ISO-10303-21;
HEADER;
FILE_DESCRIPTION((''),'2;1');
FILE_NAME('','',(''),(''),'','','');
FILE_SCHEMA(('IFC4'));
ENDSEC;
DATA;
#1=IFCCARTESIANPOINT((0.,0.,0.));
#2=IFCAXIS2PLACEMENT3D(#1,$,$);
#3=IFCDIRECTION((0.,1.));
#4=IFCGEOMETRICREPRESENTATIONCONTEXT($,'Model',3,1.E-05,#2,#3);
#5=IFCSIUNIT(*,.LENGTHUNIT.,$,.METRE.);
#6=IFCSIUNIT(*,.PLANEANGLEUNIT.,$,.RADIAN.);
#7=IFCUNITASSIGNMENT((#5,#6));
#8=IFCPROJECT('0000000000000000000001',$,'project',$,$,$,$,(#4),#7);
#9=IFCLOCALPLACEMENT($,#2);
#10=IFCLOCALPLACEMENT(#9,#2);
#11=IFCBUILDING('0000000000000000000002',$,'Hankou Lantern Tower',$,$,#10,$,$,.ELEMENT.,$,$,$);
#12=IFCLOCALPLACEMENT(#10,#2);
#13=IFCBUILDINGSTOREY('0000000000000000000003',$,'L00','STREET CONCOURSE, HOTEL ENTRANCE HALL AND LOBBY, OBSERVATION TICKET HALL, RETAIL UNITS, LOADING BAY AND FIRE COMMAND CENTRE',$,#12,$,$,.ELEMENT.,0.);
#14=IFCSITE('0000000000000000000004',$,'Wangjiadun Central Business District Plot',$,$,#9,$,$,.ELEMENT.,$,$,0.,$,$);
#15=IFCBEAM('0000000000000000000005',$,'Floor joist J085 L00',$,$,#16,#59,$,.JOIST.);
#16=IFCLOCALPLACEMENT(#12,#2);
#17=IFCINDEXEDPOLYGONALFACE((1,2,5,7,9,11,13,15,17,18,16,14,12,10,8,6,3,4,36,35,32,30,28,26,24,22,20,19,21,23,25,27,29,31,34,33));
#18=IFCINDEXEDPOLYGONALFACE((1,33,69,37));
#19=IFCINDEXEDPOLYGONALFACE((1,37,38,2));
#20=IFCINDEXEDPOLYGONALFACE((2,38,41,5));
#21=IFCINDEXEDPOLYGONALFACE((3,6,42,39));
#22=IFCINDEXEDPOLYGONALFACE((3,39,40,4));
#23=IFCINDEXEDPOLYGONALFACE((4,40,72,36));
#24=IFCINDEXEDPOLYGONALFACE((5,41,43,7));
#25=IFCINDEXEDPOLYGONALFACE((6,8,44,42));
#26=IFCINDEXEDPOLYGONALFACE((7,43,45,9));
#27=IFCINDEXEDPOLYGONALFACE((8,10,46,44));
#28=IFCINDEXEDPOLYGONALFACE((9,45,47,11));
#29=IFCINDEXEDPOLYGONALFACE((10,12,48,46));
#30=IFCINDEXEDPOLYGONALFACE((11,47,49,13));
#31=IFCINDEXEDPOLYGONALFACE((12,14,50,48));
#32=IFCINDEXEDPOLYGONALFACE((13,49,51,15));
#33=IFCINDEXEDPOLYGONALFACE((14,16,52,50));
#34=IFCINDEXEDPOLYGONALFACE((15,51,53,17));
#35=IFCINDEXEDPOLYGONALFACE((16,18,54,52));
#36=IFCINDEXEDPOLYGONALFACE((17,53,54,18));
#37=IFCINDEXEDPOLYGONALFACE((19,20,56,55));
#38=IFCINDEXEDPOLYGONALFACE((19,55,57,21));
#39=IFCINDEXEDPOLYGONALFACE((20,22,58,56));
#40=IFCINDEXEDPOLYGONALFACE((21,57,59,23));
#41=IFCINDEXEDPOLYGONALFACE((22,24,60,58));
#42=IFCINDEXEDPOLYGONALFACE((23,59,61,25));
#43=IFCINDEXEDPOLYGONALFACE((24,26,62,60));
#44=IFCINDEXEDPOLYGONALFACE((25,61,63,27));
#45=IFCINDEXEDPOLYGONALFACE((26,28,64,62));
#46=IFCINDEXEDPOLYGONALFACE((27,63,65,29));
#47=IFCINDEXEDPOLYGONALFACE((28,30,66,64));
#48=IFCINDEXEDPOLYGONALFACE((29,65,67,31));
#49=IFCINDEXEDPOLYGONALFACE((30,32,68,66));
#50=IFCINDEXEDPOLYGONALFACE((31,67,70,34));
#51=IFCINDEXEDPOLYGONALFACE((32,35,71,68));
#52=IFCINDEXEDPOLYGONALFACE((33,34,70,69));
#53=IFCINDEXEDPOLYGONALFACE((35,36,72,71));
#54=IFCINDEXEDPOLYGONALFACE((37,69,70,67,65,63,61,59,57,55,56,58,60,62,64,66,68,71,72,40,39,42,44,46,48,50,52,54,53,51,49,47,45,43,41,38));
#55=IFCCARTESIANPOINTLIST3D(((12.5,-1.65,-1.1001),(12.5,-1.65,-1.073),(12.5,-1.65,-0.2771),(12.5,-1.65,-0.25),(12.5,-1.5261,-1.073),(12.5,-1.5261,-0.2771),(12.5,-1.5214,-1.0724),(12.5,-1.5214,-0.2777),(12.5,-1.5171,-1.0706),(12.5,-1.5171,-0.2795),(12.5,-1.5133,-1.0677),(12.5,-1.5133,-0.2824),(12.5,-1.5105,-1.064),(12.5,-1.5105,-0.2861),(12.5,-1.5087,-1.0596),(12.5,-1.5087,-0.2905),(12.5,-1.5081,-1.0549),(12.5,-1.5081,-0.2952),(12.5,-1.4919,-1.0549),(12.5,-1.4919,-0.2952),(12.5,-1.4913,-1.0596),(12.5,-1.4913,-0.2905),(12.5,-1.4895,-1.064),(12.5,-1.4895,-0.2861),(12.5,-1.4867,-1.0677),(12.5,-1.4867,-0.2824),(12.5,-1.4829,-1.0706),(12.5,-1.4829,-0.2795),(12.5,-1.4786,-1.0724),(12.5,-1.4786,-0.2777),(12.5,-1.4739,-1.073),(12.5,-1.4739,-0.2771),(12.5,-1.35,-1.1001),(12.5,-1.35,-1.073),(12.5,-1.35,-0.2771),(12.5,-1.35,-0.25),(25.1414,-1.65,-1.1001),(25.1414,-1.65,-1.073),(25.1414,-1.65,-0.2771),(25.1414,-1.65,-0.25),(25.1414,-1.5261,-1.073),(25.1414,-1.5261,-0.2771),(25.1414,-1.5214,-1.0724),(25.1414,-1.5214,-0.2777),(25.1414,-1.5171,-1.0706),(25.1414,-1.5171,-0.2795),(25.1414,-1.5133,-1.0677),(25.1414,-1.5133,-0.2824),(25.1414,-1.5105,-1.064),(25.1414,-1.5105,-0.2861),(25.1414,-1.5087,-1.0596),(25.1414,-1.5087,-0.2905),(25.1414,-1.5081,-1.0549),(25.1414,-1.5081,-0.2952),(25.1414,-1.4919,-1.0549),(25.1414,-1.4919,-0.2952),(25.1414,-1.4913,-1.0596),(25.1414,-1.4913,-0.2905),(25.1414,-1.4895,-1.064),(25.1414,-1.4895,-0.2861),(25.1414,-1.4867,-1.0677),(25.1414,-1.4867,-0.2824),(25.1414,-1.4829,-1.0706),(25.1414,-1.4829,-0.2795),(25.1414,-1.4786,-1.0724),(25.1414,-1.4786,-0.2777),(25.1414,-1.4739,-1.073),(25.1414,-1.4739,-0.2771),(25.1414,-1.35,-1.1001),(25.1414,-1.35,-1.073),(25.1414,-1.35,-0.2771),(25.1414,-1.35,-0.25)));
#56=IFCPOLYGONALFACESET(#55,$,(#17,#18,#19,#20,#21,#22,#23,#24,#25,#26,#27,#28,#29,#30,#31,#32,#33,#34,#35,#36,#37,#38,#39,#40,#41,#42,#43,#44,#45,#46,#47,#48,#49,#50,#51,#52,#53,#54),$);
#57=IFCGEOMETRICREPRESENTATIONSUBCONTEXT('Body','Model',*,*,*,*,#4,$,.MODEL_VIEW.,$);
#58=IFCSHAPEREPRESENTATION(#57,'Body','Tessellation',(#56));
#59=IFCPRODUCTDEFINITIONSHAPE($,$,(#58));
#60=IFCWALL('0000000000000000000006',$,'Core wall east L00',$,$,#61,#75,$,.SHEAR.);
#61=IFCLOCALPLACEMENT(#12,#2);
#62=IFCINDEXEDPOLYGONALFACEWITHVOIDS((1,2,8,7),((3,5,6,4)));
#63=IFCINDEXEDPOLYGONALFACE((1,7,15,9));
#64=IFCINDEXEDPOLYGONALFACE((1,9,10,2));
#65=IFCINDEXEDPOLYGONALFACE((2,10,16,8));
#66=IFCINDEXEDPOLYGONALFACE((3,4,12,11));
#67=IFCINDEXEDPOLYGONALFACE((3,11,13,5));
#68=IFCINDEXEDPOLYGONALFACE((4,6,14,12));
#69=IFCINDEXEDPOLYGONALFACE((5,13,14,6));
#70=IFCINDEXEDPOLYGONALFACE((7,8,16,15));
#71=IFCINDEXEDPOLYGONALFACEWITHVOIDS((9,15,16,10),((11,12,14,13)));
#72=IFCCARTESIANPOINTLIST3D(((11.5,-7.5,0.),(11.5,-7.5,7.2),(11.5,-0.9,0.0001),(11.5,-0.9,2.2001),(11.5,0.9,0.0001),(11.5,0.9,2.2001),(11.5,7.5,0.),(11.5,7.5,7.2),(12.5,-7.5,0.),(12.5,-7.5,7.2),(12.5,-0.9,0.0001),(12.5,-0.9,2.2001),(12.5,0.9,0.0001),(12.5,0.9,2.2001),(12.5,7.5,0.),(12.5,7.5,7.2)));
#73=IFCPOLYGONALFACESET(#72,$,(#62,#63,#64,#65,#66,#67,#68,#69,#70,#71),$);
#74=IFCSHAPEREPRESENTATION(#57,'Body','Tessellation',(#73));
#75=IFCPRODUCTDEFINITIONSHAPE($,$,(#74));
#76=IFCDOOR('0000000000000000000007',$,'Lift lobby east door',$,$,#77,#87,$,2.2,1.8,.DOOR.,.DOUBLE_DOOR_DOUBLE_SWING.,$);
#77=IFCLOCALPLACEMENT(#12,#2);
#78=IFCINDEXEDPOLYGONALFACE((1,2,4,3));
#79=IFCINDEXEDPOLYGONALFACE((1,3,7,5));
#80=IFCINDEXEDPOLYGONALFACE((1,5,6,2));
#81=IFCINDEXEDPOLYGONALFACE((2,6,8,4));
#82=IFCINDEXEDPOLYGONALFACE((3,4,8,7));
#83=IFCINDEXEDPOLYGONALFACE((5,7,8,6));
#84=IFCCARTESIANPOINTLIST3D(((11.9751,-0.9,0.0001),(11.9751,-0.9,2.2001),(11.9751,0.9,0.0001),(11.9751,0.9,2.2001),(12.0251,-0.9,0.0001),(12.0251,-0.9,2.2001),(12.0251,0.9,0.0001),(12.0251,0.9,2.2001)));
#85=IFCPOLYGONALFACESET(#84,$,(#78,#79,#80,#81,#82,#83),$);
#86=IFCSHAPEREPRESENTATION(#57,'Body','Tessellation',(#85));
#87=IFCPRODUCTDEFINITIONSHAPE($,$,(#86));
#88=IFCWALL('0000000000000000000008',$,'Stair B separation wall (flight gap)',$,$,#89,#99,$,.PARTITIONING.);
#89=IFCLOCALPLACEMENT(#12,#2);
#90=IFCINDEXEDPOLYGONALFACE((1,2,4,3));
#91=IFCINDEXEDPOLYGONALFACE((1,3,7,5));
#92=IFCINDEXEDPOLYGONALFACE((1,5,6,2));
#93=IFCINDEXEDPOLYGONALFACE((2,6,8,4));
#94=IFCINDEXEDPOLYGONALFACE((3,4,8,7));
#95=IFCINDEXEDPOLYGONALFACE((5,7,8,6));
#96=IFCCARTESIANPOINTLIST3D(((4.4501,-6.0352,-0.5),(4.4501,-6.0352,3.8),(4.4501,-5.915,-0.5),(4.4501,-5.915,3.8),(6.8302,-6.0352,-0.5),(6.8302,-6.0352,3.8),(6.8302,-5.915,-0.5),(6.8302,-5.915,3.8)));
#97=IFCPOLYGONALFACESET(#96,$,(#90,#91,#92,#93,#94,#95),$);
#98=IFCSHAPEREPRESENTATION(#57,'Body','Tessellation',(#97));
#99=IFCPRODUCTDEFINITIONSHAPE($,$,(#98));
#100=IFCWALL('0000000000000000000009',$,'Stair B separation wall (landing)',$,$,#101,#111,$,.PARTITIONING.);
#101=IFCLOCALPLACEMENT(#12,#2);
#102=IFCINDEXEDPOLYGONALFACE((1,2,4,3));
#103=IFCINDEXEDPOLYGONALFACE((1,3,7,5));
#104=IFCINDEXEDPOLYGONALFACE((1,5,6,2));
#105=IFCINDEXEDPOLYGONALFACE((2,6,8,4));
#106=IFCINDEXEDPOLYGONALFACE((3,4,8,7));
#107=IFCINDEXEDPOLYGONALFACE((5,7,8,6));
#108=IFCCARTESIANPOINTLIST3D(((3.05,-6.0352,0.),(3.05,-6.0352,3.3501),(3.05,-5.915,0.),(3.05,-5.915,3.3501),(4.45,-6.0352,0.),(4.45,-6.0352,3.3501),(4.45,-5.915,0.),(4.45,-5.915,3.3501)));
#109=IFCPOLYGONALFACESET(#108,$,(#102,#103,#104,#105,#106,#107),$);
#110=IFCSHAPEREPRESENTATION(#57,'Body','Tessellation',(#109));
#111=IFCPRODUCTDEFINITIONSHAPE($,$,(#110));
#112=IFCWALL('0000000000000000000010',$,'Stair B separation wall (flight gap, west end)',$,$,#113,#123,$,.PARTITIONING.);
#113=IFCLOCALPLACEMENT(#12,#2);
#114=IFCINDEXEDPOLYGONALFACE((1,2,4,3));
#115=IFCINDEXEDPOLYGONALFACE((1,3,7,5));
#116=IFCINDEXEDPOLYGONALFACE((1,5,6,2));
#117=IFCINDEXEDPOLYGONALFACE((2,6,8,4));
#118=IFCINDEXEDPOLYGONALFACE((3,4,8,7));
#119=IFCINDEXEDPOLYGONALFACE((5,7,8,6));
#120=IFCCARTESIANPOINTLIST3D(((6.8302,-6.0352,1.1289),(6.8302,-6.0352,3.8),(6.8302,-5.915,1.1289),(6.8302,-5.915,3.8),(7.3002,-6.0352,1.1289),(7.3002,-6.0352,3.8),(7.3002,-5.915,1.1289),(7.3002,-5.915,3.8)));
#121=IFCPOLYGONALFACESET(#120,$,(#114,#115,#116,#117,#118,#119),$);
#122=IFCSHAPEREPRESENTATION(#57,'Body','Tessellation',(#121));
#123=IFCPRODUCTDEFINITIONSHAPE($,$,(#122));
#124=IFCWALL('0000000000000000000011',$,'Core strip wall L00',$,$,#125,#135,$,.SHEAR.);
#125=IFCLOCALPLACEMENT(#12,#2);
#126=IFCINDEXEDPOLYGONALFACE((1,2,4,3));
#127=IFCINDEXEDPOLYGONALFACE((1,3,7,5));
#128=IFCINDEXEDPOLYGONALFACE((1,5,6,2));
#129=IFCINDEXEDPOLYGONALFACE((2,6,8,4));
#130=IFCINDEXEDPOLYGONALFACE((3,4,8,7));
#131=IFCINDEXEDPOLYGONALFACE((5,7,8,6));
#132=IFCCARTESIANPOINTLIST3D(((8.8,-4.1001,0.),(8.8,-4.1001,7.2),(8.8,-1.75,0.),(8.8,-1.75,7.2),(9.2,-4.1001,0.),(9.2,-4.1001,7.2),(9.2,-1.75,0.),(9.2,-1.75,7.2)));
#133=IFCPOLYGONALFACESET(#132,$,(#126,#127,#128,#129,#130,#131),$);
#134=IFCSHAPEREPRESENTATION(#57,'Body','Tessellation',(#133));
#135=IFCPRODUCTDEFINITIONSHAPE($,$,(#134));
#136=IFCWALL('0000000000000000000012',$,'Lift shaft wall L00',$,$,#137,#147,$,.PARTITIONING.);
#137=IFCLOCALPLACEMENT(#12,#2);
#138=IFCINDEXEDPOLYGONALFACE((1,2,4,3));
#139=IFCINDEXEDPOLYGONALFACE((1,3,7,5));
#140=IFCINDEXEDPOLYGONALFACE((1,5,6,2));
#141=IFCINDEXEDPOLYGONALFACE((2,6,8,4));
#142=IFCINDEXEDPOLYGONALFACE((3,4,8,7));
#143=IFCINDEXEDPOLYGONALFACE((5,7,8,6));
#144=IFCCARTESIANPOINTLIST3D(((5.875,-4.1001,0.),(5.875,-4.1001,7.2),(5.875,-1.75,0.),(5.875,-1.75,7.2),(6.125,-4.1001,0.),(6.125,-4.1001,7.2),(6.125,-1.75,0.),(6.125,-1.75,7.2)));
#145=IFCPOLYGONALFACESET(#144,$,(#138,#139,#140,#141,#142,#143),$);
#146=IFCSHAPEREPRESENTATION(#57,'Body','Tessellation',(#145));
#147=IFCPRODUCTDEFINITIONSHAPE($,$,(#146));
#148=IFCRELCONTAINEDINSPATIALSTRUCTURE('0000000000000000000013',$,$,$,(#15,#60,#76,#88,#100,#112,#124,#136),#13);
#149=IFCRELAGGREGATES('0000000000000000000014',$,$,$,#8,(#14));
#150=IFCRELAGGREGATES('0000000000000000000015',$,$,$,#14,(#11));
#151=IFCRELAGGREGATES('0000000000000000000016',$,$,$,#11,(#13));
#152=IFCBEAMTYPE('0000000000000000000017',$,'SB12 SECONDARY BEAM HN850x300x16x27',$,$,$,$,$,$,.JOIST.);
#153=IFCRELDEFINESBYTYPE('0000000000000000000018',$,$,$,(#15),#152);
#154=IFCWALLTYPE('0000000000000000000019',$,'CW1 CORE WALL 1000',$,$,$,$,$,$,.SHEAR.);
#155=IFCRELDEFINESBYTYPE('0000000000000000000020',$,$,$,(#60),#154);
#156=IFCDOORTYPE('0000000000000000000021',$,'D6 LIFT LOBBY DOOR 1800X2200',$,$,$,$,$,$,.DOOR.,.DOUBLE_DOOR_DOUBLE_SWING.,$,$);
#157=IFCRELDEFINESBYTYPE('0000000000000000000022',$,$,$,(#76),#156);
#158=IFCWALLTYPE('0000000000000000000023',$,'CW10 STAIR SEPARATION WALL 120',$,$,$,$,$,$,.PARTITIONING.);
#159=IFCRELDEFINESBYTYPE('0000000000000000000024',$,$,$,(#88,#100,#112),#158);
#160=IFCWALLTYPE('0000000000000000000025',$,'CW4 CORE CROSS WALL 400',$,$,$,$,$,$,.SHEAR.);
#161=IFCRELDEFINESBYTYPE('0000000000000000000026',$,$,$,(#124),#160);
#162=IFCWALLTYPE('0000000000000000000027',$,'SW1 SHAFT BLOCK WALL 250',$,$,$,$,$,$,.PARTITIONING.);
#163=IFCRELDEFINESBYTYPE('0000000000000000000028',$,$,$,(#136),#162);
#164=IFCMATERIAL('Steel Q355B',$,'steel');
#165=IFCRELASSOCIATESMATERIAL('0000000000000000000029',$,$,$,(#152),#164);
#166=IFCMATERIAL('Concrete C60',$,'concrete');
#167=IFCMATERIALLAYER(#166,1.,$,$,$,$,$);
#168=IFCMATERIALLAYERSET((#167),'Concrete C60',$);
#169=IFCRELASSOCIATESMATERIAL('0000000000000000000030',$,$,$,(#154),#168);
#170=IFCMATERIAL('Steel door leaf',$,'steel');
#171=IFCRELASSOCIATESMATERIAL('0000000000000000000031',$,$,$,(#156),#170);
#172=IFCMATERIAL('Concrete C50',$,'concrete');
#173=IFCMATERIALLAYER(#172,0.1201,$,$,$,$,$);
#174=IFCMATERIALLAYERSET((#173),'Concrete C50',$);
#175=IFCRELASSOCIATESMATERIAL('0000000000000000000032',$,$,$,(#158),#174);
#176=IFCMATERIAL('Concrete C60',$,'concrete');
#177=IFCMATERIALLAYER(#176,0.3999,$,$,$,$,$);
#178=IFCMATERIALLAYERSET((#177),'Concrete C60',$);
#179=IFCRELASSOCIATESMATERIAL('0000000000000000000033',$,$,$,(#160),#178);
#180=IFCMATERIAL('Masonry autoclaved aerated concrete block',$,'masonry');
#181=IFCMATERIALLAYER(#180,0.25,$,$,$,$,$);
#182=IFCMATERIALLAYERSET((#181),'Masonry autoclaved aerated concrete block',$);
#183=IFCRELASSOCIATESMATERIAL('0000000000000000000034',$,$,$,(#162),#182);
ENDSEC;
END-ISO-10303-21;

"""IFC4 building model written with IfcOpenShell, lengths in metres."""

from ifc_helpers import new_model, si_unit, direction, frame, frame_2d, origin, origin_2d, place, context, subcontext, project, spatial, rectangle, i_section, extrude, material, layer, layer_set, material_profile, profile_set, type_object, element, fill, save


model = new_model("IFC4")

# Units and contexts
model_context = context("Model", 3, precision=1e-05, world=origin(), true_north=direction((0.0, 1.0)))
body_context = subcontext(model_context, "Body", "Model", "MODEL_VIEW")
ifc_project = project(units=[si_unit("LENGTHUNIT", "METRE"), si_unit("PLANEANGLEUNIT", "RADIAN")], contexts=[model_context])

# Site, building, storey
site_placement = place(None, origin())
site = spatial("IfcSite", under=ifc_project, at=site_placement, Name="Wangjiadun Central Business District Plot", CompositionType="ELEMENT", RefElevation=0.0)
building_placement = place(site_placement, origin())
building = spatial("IfcBuilding", under=site, at=building_placement, Name="Hankou Lantern Tower", CompositionType="ELEMENT")
storey_placement = place(building_placement, origin())
storey = spatial("IfcBuildingStorey", under=building, at=storey_placement, Name="L00", Description="STREET CONCOURSE, HOTEL ENTRANCE HALL AND LOBBY, OBSERVATION TICKET HALL, RETAIL UNITS, LOADING BAY AND FIRE COMMAND CENTRE", CompositionType="ELEMENT", Elevation=0.0)

# Beam
ifc_material_1 = material(Name="Steel Q355B", Category="steel")
ifc_material_profile_1 = material_profile(ifc_material_1, i_section(OverallWidth=0.3, OverallDepth=0.8501, WebThickness=0.0161, FlangeThickness=0.0271, FilletRadius=0.0181, at=origin_2d()), Name="HN850x300x16x27")
ifc_profile_set_1 = profile_set([ifc_material_profile_1], Name="Steel Q355B")
beam_type_1 = type_object("IfcBeamType", Name="SB12 SECONDARY BEAM HN850x300x16x27", PredefinedType="JOIST", material=ifc_profile_set_1)
beam_1_placement = place(storey_placement, frame((12.5, -1.5, -0.675), z_axis=(1.0, 0.0, 0.0), x_axis=(0.0, 1.0, 0.0)))
element("IfcBeam", 1, at=beam_1_placement, inside=storey, type_object=beam_type_1, Name="Floor joist J085 L00", PredefinedType="JOIST", context=body_context, shape_type="SweptSolid", body=[
    extrude(i_section(OverallWidth=0.3, OverallDepth=0.8501, WebThickness=0.0161, FlangeThickness=0.0271, FilletRadius=0.0181, at=origin_2d()), origin(), (0.0, 0.0, 1.0), 12.6414),
])

# Wall, opening, door
ifc_material_2 = material(Name="Concrete C60", Category="concrete")
ifc_layer_1 = layer(ifc_material_2, 1.0)
ifc_layer_set_1 = layer_set([ifc_layer_1], Name="Concrete C60")
wall_type_1 = type_object("IfcWallType", Name="CW1 CORE WALL 1000", PredefinedType="SHEAR", material=ifc_layer_set_1)
wall_1_placement = place(storey_placement, frame((12.0, -7.5, 0.0), z_axis=(0.0, 0.0, 1.0), x_axis=(0.0, 1.0, 0.0)))
wall_1 = element("IfcWall", 2, at=wall_1_placement, inside=storey, type_object=wall_type_1, Name="Core wall east L00", PredefinedType="SHEAR", context=body_context, shape_type="SweptSolid", body=[
    extrude(rectangle(XDim=15.0, YDim=1.0, at=frame_2d((7.5, 0.0))), origin(), (0.0, 0.0, 1.0), 7.2),
])
opening_placement = place(wall_1_placement, frame((6.6001, 0.0, 0.0)))
opening = element("IfcOpeningElement", 3, at=opening_placement, cuts=wall_1, PredefinedType="OPENING", context=body_context, shape_type="SweptSolid", body=[
    extrude(rectangle(XDim=1.8, YDim=2.2, at=frame_2d((0.8999, 1.1001))), frame((0.0, 0.51, 0.0), z_axis=(0.0, -1.0, 0.0), x_axis=(1.0, 0.0, 0.0)), (0.0, 0.0, 1.0), 1.02),
])
ifc_material_3 = material(Name="Steel door leaf", Category="steel")
door_type = type_object("IfcDoorType", Name="D6 LIFT LOBBY DOOR 1800X2200", OperationType="DOUBLE_DOOR_DOUBLE_SWING", PredefinedType="DOOR", material=ifc_material_3)
door_placement = place(opening_placement, origin())
door = element("IfcDoor", 4, at=door_placement, inside=storey, type_object=door_type, Name="Lift lobby east door", OperationType="DOUBLE_DOOR_DOUBLE_SWING", OverallHeight=2.2, OverallWidth=1.8, PredefinedType="DOOR", context=body_context, shape_type="SweptSolid", body=[
    extrude(rectangle(XDim=1.8, YDim=2.2, at=frame_2d((0.8999, 1.1001))), frame((0.0, 0.0249, 0.0), z_axis=(0.0, -1.0, 0.0), x_axis=(1.0, 0.0, 0.0)), (0.0, 0.0, 1.0), 0.05),
])
fill(opening, door)

# Walls
ifc_material_4 = material(Name="Concrete C50", Category="concrete")
ifc_layer_2 = layer(ifc_material_4, 0.1201)
ifc_layer_set_2 = layer_set([ifc_layer_2], Name="Concrete C50")
wall_type_2 = type_object("IfcWallType", Name="CW10 STAIR SEPARATION WALL 120", PredefinedType="PARTITIONING", material=ifc_layer_set_2)
wall_2_placement = place(storey_placement, frame((6.8301, -5.9751, -0.5), z_axis=(0.0, 0.0, 1.0), x_axis=(-1.0, 0.0, 0.0)))
element("IfcWall", 5, at=wall_2_placement, inside=storey, type_object=wall_type_2, Name="Stair B separation wall (flight gap)", PredefinedType="PARTITIONING", context=body_context, shape_type="SweptSolid", body=[
    extrude(rectangle(XDim=2.3801, YDim=0.1201, at=frame_2d((1.1899, 0.0))), origin(), (0.0, 0.0, 1.0), 4.3),
])
wall_3_placement = place(storey_placement, frame((4.45, -5.9751, 0.0), z_axis=(0.0, 0.0, 1.0), x_axis=(-1.0, 0.0, 0.0)))
element("IfcWall", 6, at=wall_3_placement, inside=storey, type_object=wall_type_2, Name="Stair B separation wall (landing)", PredefinedType="PARTITIONING", context=body_context, shape_type="SweptSolid", body=[
    extrude(rectangle(XDim=1.3999, YDim=0.1201, at=frame_2d((0.7, 0.0))), origin(), (0.0, 0.0, 1.0), 3.3501),
])
wall_4_placement = place(storey_placement, frame((7.3, -5.9751, 1.1289), z_axis=(0.0, 0.0, 1.0), x_axis=(-1.0, 0.0, 0.0)))
element("IfcWall", 7, at=wall_4_placement, inside=storey, type_object=wall_type_2, Name="Stair B separation wall (flight gap, west end)", PredefinedType="PARTITIONING", context=body_context, shape_type="SweptSolid", body=[
    extrude(rectangle(XDim=0.47, YDim=0.1201, at=frame_2d((0.2349, 0.0))), origin(), (0.0, 0.0, 1.0), 2.6711),
])
ifc_material_5 = material(Name="Concrete C60", Category="concrete")
ifc_layer_3 = layer(ifc_material_5, 0.3999)
ifc_layer_set_3 = layer_set([ifc_layer_3], Name="Concrete C60")
wall_type_3 = type_object("IfcWallType", Name="CW4 CORE CROSS WALL 400", PredefinedType="SHEAR", material=ifc_layer_set_3)
wall_5_placement = place(storey_placement, frame((9.0, -4.1001, 0.0), z_axis=(0.0, 0.0, 1.0), x_axis=(0.0, 1.0, 0.0)))
element("IfcWall", 8, at=wall_5_placement, inside=storey, type_object=wall_type_3, Name="Core strip wall L00", PredefinedType="SHEAR", context=body_context, shape_type="SweptSolid", body=[
    extrude(rectangle(XDim=2.3501, YDim=0.3999, at=frame_2d((1.175, 0.0))), origin(), (0.0, 0.0, 1.0), 7.2),
])
ifc_material_6 = material(Name="Masonry autoclaved aerated concrete block", Category="masonry")
ifc_layer_4 = layer(ifc_material_6, 0.25)
ifc_layer_set_4 = layer_set([ifc_layer_4], Name="Masonry autoclaved aerated concrete block")
wall_type_4 = type_object("IfcWallType", Name="SW1 SHAFT BLOCK WALL 250", PredefinedType="PARTITIONING", material=ifc_layer_set_4)
wall_6_placement = place(storey_placement, frame((6.0, -4.1001, 0.0), z_axis=(0.0, 0.0, 1.0), x_axis=(0.0, 1.0, 0.0)))
element("IfcWall", 9, at=wall_6_placement, inside=storey, type_object=wall_type_4, Name="Lift shaft wall L00", PredefinedType="PARTITIONING", context=body_context, shape_type="SweptSolid", body=[
    extrude(rectangle(XDim=2.3501, YDim=0.25, at=frame_2d((1.175, 0.0))), origin(), (0.0, 0.0, 1.0), 7.2),
])

save(model, "model.ifc")
